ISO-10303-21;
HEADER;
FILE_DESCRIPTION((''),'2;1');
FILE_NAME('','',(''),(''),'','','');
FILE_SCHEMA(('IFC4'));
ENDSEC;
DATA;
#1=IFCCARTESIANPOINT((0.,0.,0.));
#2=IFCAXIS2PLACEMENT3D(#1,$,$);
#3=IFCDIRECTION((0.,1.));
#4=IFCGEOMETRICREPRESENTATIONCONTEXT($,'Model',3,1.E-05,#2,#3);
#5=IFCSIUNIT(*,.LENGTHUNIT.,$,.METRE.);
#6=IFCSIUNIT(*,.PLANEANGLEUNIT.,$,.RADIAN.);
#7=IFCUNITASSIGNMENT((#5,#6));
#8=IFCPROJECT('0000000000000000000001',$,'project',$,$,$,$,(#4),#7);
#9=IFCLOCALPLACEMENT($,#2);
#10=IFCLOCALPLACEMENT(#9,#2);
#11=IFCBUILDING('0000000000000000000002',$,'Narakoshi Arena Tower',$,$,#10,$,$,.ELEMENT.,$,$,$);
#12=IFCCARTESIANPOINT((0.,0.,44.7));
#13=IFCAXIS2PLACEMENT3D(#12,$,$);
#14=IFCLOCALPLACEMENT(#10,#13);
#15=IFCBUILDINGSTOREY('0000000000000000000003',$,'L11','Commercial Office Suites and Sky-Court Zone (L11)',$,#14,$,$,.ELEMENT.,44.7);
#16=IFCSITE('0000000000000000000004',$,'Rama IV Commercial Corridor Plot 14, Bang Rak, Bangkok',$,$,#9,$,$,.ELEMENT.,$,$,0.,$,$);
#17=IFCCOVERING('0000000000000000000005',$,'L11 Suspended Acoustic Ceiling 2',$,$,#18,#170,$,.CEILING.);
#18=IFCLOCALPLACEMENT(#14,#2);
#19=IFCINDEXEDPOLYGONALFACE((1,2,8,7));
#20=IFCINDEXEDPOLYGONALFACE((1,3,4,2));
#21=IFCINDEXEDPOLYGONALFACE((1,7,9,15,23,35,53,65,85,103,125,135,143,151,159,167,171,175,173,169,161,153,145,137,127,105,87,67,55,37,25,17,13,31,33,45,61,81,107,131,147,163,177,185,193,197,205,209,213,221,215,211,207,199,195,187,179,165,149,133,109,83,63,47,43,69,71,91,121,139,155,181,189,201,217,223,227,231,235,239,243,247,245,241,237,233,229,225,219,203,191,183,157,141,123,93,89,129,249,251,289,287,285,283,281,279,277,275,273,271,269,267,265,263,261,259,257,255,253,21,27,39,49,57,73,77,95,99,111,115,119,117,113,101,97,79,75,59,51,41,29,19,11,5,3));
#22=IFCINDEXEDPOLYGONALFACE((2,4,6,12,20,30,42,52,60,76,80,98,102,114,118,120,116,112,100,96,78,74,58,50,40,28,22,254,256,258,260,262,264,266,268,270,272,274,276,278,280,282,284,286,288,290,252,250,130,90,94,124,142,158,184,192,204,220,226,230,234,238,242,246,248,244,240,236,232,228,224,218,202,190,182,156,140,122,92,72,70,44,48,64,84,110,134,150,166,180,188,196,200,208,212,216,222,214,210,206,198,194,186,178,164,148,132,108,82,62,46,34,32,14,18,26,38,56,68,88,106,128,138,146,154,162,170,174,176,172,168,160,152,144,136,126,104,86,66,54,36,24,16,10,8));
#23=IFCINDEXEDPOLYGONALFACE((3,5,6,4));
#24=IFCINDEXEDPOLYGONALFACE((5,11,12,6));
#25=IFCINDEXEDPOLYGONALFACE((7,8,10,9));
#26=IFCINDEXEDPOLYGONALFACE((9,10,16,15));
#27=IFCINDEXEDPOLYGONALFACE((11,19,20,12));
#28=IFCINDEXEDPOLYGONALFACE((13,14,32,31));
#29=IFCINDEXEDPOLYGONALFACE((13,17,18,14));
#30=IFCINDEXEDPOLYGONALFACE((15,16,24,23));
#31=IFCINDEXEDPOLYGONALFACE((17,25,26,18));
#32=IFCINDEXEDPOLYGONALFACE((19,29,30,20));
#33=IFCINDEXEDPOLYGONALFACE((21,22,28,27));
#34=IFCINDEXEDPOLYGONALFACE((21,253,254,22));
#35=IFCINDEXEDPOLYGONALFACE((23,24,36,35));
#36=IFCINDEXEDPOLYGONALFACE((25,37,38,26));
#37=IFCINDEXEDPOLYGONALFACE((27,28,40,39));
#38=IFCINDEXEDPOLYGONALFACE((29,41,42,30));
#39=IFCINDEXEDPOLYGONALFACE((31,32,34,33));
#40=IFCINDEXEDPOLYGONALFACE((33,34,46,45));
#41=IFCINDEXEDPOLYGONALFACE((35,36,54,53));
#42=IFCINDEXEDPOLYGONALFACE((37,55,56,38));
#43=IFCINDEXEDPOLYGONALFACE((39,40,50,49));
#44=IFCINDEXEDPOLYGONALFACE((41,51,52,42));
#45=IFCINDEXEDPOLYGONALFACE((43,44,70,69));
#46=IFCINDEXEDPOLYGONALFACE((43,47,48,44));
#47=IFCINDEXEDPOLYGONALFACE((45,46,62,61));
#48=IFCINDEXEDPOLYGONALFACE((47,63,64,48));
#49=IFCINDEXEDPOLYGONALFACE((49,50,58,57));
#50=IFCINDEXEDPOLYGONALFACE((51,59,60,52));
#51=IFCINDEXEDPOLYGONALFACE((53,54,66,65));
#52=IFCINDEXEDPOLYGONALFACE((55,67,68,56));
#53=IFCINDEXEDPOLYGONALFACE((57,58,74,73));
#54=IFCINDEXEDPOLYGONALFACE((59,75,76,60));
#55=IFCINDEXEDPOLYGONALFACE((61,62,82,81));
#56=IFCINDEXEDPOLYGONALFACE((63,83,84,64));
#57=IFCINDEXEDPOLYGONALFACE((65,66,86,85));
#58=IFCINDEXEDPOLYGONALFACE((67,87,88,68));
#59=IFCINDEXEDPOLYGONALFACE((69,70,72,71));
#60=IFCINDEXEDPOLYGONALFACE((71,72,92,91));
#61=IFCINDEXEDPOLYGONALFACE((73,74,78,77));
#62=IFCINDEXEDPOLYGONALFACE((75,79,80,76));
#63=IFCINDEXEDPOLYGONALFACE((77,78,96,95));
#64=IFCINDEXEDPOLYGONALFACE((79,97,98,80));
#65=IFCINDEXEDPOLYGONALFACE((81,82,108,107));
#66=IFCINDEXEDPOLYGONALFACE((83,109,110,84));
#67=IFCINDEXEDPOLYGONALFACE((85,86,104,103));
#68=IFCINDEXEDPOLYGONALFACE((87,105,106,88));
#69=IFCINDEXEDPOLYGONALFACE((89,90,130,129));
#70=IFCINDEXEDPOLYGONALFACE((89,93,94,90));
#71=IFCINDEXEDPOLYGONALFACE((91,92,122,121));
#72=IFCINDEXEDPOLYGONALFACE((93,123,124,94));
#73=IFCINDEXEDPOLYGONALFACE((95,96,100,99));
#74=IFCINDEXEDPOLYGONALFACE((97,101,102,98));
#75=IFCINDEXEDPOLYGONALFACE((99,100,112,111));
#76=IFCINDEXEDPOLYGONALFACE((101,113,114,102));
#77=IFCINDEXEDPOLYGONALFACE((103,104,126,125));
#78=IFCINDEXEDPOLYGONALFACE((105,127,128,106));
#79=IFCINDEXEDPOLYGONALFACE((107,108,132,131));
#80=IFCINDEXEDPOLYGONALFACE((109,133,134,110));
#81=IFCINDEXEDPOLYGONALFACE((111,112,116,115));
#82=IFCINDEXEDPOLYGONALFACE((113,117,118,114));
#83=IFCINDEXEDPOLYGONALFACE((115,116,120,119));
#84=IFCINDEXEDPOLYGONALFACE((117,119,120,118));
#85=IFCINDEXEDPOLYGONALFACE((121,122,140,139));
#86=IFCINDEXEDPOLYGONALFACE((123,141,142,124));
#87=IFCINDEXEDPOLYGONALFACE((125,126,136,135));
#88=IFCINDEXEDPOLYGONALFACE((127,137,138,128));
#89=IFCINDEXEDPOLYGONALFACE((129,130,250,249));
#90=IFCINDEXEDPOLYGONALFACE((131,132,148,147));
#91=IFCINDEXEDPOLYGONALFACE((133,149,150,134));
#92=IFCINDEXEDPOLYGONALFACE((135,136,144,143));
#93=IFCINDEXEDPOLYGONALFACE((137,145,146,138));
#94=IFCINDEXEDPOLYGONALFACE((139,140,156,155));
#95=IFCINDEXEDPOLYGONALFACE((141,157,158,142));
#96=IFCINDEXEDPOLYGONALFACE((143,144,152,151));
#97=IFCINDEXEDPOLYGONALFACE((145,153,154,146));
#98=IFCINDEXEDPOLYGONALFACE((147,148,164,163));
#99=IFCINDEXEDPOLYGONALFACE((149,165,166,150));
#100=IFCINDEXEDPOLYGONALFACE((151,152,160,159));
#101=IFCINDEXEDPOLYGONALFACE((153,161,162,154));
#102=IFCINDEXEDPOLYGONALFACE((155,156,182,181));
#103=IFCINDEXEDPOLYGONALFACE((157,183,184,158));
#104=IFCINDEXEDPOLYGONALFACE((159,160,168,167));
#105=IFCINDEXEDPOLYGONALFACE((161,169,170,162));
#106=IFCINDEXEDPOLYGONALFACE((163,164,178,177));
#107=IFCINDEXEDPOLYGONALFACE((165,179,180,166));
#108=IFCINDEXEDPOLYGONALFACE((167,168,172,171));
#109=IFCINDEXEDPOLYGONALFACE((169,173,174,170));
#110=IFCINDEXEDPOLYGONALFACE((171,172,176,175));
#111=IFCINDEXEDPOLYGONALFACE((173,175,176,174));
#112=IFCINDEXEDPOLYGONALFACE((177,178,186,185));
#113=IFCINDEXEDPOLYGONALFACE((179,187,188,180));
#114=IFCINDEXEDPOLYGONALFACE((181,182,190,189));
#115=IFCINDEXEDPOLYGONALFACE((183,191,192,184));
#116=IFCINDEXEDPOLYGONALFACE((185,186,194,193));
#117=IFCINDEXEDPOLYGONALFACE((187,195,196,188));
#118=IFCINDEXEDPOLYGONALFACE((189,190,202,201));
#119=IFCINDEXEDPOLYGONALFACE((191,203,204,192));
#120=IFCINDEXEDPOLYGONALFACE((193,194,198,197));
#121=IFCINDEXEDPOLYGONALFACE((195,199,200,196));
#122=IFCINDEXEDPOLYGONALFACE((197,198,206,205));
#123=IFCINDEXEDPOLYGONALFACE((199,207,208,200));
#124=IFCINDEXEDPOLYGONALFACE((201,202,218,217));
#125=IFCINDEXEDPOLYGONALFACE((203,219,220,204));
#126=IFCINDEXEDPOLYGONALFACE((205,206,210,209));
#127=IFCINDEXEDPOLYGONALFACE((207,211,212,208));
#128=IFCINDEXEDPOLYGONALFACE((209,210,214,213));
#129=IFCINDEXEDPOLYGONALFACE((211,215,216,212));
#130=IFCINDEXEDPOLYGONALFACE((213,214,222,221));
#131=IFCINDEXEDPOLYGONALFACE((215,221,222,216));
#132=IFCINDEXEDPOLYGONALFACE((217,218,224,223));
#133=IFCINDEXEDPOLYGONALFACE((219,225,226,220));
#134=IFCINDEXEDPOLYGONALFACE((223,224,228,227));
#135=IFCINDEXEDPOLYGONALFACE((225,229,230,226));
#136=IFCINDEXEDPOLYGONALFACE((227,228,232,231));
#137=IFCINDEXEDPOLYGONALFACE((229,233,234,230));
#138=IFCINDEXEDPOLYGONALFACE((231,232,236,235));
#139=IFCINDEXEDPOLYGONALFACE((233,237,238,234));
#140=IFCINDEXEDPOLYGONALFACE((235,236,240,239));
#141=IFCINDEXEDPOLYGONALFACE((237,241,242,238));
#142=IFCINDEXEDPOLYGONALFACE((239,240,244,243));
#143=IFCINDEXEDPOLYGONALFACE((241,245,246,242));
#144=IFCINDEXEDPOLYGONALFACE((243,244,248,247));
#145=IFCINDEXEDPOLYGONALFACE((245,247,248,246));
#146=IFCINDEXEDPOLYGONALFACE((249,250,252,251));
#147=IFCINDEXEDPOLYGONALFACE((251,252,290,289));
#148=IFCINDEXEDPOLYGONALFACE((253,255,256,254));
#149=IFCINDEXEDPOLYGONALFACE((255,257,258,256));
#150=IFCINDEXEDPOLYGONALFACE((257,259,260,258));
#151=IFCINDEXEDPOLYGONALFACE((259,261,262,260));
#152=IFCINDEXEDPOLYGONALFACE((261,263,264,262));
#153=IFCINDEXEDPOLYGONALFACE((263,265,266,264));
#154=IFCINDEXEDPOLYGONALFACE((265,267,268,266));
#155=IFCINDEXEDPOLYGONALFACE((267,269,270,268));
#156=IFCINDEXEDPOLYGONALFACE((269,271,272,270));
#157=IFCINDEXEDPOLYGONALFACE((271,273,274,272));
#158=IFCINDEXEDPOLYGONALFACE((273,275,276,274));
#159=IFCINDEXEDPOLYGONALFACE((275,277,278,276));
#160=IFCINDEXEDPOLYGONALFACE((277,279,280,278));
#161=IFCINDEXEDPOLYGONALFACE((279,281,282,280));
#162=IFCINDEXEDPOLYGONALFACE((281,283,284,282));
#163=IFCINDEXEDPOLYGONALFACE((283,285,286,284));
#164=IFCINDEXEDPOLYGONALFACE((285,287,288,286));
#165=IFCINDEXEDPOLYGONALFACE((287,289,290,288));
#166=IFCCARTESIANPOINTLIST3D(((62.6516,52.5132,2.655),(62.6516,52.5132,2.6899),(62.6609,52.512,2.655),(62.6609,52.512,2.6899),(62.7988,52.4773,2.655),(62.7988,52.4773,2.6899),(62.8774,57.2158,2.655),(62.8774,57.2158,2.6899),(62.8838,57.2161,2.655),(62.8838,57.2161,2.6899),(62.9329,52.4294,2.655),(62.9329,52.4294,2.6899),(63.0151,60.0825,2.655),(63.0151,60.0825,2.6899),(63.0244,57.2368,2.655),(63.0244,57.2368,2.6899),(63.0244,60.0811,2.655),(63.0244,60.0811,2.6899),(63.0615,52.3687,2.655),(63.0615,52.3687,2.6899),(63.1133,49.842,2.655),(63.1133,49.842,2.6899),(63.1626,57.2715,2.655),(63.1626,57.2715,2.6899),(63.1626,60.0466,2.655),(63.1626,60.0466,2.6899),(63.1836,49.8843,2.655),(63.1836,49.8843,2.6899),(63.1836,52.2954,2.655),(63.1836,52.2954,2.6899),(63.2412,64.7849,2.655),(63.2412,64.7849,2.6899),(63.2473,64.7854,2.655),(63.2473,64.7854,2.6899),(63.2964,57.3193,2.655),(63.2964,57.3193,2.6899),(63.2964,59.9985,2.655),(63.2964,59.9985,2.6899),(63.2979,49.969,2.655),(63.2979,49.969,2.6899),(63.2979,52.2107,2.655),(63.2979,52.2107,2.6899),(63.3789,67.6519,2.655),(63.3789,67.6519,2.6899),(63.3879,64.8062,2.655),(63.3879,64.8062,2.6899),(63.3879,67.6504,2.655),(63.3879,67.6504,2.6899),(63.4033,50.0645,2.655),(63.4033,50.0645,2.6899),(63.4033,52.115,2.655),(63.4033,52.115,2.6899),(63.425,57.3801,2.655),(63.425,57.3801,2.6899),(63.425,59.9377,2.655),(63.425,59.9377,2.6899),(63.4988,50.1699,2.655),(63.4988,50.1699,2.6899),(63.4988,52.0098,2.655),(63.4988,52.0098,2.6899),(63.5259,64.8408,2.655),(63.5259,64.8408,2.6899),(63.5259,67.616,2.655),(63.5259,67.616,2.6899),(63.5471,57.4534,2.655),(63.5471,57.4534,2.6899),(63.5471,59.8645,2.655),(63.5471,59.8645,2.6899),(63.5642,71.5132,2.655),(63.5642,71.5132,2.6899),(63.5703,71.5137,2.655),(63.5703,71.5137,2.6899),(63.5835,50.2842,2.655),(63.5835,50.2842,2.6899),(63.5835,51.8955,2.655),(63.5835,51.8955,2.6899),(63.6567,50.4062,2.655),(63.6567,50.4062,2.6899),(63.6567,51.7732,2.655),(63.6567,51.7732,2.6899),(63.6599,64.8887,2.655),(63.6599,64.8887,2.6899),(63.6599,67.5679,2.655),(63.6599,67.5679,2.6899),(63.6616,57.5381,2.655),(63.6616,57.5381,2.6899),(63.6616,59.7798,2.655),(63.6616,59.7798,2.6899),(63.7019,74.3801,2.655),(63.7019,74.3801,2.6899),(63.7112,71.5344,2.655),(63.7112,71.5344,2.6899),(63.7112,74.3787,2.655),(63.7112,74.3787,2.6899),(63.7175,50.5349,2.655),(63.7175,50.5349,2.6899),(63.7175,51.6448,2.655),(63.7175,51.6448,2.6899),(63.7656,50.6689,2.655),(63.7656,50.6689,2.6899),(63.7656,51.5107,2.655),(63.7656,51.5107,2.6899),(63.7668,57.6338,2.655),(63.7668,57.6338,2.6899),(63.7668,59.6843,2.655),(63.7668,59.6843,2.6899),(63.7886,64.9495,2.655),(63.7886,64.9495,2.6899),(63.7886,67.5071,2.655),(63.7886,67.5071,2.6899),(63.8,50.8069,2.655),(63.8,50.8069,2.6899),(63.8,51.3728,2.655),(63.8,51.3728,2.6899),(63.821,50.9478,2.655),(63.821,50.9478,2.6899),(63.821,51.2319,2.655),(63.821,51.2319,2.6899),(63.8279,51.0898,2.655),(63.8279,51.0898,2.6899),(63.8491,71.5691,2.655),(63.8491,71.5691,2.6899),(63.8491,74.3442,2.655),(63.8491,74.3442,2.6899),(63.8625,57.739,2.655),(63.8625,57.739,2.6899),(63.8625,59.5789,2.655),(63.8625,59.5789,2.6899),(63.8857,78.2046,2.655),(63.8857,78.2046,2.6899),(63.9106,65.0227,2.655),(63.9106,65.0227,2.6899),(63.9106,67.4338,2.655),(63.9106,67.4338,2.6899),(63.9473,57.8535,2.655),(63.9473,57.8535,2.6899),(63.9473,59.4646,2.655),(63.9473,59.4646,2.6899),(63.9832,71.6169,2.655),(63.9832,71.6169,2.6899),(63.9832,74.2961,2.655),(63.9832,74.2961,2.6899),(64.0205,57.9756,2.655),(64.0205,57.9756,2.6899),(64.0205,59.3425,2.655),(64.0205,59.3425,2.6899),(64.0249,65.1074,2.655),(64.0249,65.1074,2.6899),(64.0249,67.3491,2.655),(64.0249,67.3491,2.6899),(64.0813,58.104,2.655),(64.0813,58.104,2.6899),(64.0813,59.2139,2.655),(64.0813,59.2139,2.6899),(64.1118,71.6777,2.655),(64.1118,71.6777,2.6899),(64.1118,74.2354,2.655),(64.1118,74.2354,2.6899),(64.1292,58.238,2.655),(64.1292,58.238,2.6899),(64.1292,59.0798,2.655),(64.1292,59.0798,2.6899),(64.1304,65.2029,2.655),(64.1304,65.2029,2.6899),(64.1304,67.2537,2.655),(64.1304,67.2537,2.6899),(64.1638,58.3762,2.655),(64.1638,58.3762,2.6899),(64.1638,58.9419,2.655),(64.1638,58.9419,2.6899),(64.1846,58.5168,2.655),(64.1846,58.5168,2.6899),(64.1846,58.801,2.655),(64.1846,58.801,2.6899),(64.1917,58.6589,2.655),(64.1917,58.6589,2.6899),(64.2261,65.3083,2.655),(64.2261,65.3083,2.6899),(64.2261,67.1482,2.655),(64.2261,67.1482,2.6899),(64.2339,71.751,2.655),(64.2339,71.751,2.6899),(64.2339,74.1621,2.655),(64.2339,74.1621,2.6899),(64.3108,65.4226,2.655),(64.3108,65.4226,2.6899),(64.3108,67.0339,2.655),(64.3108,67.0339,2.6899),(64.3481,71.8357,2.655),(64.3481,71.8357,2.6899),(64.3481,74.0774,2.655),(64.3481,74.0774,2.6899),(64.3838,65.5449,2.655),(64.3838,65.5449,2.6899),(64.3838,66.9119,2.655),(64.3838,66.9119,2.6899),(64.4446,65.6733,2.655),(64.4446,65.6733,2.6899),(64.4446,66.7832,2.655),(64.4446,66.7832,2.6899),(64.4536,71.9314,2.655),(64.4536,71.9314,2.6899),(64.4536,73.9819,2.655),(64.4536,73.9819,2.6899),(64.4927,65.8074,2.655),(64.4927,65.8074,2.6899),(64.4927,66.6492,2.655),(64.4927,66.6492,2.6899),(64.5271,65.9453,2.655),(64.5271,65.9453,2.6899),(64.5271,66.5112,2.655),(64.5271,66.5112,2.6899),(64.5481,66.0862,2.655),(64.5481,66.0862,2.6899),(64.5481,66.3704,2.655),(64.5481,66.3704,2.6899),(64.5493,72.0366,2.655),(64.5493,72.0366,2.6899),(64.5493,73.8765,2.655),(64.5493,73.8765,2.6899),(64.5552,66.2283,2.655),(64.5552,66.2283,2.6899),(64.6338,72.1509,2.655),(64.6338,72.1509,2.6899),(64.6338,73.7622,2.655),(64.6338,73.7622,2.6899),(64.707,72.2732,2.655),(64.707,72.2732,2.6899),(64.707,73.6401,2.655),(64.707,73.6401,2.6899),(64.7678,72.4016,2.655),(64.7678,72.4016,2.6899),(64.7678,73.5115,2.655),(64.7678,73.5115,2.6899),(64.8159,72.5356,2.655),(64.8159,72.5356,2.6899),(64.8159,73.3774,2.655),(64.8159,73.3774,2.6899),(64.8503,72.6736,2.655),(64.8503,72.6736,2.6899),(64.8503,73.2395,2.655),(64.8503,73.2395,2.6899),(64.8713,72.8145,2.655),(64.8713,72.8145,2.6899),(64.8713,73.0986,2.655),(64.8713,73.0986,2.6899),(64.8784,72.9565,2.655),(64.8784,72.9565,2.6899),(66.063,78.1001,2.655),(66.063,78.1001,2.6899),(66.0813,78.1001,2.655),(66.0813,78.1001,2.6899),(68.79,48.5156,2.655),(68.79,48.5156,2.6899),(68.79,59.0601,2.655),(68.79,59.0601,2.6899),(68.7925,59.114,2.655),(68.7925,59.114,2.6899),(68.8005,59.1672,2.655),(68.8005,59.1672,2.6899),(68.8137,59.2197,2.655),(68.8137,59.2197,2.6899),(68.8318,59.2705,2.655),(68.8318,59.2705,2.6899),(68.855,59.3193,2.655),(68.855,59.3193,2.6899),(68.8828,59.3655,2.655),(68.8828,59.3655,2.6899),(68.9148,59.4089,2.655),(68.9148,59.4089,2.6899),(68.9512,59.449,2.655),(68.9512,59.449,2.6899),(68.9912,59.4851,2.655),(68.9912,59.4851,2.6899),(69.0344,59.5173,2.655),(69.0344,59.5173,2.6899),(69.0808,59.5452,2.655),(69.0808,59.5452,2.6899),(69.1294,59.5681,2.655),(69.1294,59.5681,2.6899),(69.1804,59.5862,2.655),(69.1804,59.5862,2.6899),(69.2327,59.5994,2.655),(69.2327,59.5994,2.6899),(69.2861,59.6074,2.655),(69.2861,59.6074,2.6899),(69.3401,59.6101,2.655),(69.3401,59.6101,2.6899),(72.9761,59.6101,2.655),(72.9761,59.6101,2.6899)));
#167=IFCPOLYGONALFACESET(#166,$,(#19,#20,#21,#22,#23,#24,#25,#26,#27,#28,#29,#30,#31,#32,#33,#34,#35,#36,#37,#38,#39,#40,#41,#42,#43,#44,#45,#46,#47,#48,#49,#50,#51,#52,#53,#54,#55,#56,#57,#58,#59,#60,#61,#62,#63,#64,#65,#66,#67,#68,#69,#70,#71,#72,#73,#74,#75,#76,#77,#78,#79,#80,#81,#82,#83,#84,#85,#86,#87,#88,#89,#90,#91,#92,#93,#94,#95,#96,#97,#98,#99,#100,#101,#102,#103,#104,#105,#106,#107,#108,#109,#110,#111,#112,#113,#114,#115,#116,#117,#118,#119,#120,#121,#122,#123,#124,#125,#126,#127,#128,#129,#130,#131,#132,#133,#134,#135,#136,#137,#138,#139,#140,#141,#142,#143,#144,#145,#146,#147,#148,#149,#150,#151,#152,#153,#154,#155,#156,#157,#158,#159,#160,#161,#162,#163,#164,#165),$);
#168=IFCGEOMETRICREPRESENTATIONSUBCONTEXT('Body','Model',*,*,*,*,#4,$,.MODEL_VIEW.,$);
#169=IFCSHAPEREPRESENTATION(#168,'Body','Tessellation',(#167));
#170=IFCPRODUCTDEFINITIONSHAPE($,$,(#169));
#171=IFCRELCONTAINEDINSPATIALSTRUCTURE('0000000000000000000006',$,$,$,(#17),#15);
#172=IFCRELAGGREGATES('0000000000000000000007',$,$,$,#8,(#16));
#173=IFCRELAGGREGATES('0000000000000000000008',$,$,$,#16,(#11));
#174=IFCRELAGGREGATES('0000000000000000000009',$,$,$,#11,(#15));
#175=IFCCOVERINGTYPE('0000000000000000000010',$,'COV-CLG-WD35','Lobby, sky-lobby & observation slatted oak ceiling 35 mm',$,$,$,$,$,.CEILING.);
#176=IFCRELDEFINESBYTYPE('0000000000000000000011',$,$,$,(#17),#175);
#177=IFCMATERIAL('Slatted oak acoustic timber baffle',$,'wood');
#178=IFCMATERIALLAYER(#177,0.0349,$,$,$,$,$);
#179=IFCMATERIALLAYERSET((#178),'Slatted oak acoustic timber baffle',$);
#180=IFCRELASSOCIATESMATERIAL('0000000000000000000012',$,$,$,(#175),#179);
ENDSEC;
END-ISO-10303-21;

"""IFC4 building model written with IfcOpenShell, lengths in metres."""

from ifc_helpers import new_model, si_unit, direction, frame, origin, place, context, subcontext, project, spatial, polyline, outline, extrude, material, layer, layer_set, type_object, element, save


model = new_model("IFC4")

# Units and contexts
model_context = context("Model", 3, precision=1e-05, world=origin(), true_north=direction((0.0, 1.0)))
body_context = subcontext(model_context, "Body", "Model", "MODEL_VIEW")
ifc_project = project(units=[si_unit("LENGTHUNIT", "METRE"), si_unit("PLANEANGLEUNIT", "RADIAN")], contexts=[model_context])

# Site, building, storey
site_placement = place(None, origin())
site = spatial("IfcSite", under=ifc_project, at=site_placement, Name="Rama IV Commercial Corridor Plot 14, Bang Rak, Bangkok", CompositionType="ELEMENT", RefElevation=0.0)
building_placement = place(site_placement, origin())
building = spatial("IfcBuilding", under=site, at=building_placement, Name="Narakoshi Arena Tower", CompositionType="ELEMENT")
storey_placement = place(building_placement, frame((0.0, 0.0, 44.7)))
storey = spatial("IfcBuildingStorey", under=building, at=storey_placement, Name="L11", Description="Commercial Office Suites and Sky-Court Zone (L11)", CompositionType="ELEMENT", Elevation=44.7)

# Covering
ifc_material_1 = material(Name="Slatted oak acoustic timber baffle", Category="wood")
ifc_layer_1 = layer(ifc_material_1, 0.0349)
ifc_layer_set_1 = layer_set([ifc_layer_1], Name="Slatted oak acoustic timber baffle")
covering_type_1 = type_object("IfcCoveringType", Name="COV-CLG-WD35", Description="Lobby, sky-lobby & observation slatted oak ceiling 35 mm", PredefinedType="CEILING", material=ifc_layer_set_1)
covering_1_placement = place(storey_placement, frame((0.0, 0.0, 2.655)))
element("IfcCovering", 1, at=covering_1_placement, inside=storey, type_object=covering_type_1, Name="L11 Suspended Acoustic Ceiling 2", PredefinedType="CEILING", context=body_context, shape_type="SweptSolid", body=[
    extrude(outline(polyline([(66.063, 78.1001), (66.0813, 78.1001), (72.9761, 59.6101), (69.3401, 59.6101), (69.2861, 59.6074), (69.2327, 59.5994), (69.1804, 59.5862), (69.1294, 59.5681), (69.0808, 59.5452), (69.0344, 59.5173), (68.9912, 59.4851), (68.9512, 59.449), (68.9148, 59.4089), (68.8828, 59.3655), (68.855, 59.3193), (68.8318, 59.2705), (68.8137, 59.2197), (68.8005, 59.1672), (68.7925, 59.114), (68.79, 59.0601), (68.79, 48.5156), (63.1133, 49.842), (63.1836, 49.8843), (63.2979, 49.969), (63.4033, 50.0645), (63.4988, 50.1699), (63.5835, 50.2842), (63.6567, 50.4062), (63.7175, 50.5349), (63.7656, 50.6689), (63.8, 50.8069), (63.821, 50.9478), (63.8279, 51.0898), (63.821, 51.2319), (63.8, 51.3728), (63.7656, 51.5107), (63.7175, 51.6448), (63.6567, 51.7732), (63.5835, 51.8955), (63.4988, 52.0098), (63.4033, 52.115), (63.2979, 52.2107), (63.1836, 52.2954), (63.0615, 52.3687), (62.9329, 52.4294), (62.7988, 52.4773), (62.6609, 52.512), (62.6516, 52.5132), (62.8774, 57.2158), (62.8838, 57.2161), (63.0244, 57.2368), (63.1626, 57.2715), (63.2964, 57.3193), (63.425, 57.3801), (63.5471, 57.4534), (63.6616, 57.5381), (63.7668, 57.6338), (63.8625, 57.739), (63.9473, 57.8535), (64.0205, 57.9756), (64.0813, 58.104), (64.1292, 58.238), (64.1638, 58.3762), (64.1846, 58.5168), (64.1917, 58.6589), (64.1846, 58.801), (64.1638, 58.9419), (64.1292, 59.0798), (64.0813, 59.2139), (64.0205, 59.3425), (63.9473, 59.4646), (63.8625, 59.5789), (63.7668, 59.6843), (63.6616, 59.7798), (63.5471, 59.8645), (63.425, 59.9377), (63.2964, 59.9985), (63.1626, 60.0466), (63.0244, 60.0811), (63.0151, 60.0825), (63.2412, 64.7849), (63.2473, 64.7854), (63.3879, 64.8062), (63.5259, 64.8408), (63.6599, 64.8887), (63.7886, 64.9495), (63.9106, 65.0227), (64.0249, 65.1074), (64.1304, 65.2029), (64.2261, 65.3083), (64.3108, 65.4226), (64.3838, 65.5449), (64.4446, 65.6733), (64.4927, 65.8074), (64.5271, 65.9453), (64.5481, 66.0862), (64.5552, 66.2283), (64.5481, 66.3704), (64.5271, 66.5112), (64.4927, 66.6492), (64.4446, 66.7832), (64.3838, 66.9119), (64.3108, 67.0339), (64.2261, 67.1482), (64.1304, 67.2537), (64.0249, 67.3491), (63.9106, 67.4338), (63.7886, 67.5071), (63.6599, 67.5679), (63.5259, 67.616), (63.3879, 67.6504), (63.3789, 67.6519), (63.5642, 71.5132), (63.5703, 71.5137), (63.7112, 71.5344), (63.8491, 71.5691), (63.9832, 71.6169), (64.1118, 71.6777), (64.2339, 71.751), (64.3481, 71.8357), (64.4536, 71.9314), (64.5493, 72.0366), (64.6338, 72.1509), (64.707, 72.2732), (64.7678, 72.4016), (64.8159, 72.5356), (64.8503, 72.6736), (64.8713, 72.8145), (64.8784, 72.9565), (64.8713, 73.0986), (64.8503, 73.2395), (64.8159, 73.3774), (64.7678, 73.5115), (64.707, 73.6401), (64.6338, 73.7622), (64.5493, 73.8765), (64.4536, 73.9819), (64.3481, 74.0774), (64.2339, 74.1621), (64.1118, 74.2354), (63.9832, 74.2961), (63.8491, 74.3442), (63.7112, 74.3787), (63.7019, 74.3801), (63.8857, 78.2046), (66.063, 78.1001)])), origin(), (0.0, 0.0, 1.0), 0.0349),
])

save(model, "model.ifc")
